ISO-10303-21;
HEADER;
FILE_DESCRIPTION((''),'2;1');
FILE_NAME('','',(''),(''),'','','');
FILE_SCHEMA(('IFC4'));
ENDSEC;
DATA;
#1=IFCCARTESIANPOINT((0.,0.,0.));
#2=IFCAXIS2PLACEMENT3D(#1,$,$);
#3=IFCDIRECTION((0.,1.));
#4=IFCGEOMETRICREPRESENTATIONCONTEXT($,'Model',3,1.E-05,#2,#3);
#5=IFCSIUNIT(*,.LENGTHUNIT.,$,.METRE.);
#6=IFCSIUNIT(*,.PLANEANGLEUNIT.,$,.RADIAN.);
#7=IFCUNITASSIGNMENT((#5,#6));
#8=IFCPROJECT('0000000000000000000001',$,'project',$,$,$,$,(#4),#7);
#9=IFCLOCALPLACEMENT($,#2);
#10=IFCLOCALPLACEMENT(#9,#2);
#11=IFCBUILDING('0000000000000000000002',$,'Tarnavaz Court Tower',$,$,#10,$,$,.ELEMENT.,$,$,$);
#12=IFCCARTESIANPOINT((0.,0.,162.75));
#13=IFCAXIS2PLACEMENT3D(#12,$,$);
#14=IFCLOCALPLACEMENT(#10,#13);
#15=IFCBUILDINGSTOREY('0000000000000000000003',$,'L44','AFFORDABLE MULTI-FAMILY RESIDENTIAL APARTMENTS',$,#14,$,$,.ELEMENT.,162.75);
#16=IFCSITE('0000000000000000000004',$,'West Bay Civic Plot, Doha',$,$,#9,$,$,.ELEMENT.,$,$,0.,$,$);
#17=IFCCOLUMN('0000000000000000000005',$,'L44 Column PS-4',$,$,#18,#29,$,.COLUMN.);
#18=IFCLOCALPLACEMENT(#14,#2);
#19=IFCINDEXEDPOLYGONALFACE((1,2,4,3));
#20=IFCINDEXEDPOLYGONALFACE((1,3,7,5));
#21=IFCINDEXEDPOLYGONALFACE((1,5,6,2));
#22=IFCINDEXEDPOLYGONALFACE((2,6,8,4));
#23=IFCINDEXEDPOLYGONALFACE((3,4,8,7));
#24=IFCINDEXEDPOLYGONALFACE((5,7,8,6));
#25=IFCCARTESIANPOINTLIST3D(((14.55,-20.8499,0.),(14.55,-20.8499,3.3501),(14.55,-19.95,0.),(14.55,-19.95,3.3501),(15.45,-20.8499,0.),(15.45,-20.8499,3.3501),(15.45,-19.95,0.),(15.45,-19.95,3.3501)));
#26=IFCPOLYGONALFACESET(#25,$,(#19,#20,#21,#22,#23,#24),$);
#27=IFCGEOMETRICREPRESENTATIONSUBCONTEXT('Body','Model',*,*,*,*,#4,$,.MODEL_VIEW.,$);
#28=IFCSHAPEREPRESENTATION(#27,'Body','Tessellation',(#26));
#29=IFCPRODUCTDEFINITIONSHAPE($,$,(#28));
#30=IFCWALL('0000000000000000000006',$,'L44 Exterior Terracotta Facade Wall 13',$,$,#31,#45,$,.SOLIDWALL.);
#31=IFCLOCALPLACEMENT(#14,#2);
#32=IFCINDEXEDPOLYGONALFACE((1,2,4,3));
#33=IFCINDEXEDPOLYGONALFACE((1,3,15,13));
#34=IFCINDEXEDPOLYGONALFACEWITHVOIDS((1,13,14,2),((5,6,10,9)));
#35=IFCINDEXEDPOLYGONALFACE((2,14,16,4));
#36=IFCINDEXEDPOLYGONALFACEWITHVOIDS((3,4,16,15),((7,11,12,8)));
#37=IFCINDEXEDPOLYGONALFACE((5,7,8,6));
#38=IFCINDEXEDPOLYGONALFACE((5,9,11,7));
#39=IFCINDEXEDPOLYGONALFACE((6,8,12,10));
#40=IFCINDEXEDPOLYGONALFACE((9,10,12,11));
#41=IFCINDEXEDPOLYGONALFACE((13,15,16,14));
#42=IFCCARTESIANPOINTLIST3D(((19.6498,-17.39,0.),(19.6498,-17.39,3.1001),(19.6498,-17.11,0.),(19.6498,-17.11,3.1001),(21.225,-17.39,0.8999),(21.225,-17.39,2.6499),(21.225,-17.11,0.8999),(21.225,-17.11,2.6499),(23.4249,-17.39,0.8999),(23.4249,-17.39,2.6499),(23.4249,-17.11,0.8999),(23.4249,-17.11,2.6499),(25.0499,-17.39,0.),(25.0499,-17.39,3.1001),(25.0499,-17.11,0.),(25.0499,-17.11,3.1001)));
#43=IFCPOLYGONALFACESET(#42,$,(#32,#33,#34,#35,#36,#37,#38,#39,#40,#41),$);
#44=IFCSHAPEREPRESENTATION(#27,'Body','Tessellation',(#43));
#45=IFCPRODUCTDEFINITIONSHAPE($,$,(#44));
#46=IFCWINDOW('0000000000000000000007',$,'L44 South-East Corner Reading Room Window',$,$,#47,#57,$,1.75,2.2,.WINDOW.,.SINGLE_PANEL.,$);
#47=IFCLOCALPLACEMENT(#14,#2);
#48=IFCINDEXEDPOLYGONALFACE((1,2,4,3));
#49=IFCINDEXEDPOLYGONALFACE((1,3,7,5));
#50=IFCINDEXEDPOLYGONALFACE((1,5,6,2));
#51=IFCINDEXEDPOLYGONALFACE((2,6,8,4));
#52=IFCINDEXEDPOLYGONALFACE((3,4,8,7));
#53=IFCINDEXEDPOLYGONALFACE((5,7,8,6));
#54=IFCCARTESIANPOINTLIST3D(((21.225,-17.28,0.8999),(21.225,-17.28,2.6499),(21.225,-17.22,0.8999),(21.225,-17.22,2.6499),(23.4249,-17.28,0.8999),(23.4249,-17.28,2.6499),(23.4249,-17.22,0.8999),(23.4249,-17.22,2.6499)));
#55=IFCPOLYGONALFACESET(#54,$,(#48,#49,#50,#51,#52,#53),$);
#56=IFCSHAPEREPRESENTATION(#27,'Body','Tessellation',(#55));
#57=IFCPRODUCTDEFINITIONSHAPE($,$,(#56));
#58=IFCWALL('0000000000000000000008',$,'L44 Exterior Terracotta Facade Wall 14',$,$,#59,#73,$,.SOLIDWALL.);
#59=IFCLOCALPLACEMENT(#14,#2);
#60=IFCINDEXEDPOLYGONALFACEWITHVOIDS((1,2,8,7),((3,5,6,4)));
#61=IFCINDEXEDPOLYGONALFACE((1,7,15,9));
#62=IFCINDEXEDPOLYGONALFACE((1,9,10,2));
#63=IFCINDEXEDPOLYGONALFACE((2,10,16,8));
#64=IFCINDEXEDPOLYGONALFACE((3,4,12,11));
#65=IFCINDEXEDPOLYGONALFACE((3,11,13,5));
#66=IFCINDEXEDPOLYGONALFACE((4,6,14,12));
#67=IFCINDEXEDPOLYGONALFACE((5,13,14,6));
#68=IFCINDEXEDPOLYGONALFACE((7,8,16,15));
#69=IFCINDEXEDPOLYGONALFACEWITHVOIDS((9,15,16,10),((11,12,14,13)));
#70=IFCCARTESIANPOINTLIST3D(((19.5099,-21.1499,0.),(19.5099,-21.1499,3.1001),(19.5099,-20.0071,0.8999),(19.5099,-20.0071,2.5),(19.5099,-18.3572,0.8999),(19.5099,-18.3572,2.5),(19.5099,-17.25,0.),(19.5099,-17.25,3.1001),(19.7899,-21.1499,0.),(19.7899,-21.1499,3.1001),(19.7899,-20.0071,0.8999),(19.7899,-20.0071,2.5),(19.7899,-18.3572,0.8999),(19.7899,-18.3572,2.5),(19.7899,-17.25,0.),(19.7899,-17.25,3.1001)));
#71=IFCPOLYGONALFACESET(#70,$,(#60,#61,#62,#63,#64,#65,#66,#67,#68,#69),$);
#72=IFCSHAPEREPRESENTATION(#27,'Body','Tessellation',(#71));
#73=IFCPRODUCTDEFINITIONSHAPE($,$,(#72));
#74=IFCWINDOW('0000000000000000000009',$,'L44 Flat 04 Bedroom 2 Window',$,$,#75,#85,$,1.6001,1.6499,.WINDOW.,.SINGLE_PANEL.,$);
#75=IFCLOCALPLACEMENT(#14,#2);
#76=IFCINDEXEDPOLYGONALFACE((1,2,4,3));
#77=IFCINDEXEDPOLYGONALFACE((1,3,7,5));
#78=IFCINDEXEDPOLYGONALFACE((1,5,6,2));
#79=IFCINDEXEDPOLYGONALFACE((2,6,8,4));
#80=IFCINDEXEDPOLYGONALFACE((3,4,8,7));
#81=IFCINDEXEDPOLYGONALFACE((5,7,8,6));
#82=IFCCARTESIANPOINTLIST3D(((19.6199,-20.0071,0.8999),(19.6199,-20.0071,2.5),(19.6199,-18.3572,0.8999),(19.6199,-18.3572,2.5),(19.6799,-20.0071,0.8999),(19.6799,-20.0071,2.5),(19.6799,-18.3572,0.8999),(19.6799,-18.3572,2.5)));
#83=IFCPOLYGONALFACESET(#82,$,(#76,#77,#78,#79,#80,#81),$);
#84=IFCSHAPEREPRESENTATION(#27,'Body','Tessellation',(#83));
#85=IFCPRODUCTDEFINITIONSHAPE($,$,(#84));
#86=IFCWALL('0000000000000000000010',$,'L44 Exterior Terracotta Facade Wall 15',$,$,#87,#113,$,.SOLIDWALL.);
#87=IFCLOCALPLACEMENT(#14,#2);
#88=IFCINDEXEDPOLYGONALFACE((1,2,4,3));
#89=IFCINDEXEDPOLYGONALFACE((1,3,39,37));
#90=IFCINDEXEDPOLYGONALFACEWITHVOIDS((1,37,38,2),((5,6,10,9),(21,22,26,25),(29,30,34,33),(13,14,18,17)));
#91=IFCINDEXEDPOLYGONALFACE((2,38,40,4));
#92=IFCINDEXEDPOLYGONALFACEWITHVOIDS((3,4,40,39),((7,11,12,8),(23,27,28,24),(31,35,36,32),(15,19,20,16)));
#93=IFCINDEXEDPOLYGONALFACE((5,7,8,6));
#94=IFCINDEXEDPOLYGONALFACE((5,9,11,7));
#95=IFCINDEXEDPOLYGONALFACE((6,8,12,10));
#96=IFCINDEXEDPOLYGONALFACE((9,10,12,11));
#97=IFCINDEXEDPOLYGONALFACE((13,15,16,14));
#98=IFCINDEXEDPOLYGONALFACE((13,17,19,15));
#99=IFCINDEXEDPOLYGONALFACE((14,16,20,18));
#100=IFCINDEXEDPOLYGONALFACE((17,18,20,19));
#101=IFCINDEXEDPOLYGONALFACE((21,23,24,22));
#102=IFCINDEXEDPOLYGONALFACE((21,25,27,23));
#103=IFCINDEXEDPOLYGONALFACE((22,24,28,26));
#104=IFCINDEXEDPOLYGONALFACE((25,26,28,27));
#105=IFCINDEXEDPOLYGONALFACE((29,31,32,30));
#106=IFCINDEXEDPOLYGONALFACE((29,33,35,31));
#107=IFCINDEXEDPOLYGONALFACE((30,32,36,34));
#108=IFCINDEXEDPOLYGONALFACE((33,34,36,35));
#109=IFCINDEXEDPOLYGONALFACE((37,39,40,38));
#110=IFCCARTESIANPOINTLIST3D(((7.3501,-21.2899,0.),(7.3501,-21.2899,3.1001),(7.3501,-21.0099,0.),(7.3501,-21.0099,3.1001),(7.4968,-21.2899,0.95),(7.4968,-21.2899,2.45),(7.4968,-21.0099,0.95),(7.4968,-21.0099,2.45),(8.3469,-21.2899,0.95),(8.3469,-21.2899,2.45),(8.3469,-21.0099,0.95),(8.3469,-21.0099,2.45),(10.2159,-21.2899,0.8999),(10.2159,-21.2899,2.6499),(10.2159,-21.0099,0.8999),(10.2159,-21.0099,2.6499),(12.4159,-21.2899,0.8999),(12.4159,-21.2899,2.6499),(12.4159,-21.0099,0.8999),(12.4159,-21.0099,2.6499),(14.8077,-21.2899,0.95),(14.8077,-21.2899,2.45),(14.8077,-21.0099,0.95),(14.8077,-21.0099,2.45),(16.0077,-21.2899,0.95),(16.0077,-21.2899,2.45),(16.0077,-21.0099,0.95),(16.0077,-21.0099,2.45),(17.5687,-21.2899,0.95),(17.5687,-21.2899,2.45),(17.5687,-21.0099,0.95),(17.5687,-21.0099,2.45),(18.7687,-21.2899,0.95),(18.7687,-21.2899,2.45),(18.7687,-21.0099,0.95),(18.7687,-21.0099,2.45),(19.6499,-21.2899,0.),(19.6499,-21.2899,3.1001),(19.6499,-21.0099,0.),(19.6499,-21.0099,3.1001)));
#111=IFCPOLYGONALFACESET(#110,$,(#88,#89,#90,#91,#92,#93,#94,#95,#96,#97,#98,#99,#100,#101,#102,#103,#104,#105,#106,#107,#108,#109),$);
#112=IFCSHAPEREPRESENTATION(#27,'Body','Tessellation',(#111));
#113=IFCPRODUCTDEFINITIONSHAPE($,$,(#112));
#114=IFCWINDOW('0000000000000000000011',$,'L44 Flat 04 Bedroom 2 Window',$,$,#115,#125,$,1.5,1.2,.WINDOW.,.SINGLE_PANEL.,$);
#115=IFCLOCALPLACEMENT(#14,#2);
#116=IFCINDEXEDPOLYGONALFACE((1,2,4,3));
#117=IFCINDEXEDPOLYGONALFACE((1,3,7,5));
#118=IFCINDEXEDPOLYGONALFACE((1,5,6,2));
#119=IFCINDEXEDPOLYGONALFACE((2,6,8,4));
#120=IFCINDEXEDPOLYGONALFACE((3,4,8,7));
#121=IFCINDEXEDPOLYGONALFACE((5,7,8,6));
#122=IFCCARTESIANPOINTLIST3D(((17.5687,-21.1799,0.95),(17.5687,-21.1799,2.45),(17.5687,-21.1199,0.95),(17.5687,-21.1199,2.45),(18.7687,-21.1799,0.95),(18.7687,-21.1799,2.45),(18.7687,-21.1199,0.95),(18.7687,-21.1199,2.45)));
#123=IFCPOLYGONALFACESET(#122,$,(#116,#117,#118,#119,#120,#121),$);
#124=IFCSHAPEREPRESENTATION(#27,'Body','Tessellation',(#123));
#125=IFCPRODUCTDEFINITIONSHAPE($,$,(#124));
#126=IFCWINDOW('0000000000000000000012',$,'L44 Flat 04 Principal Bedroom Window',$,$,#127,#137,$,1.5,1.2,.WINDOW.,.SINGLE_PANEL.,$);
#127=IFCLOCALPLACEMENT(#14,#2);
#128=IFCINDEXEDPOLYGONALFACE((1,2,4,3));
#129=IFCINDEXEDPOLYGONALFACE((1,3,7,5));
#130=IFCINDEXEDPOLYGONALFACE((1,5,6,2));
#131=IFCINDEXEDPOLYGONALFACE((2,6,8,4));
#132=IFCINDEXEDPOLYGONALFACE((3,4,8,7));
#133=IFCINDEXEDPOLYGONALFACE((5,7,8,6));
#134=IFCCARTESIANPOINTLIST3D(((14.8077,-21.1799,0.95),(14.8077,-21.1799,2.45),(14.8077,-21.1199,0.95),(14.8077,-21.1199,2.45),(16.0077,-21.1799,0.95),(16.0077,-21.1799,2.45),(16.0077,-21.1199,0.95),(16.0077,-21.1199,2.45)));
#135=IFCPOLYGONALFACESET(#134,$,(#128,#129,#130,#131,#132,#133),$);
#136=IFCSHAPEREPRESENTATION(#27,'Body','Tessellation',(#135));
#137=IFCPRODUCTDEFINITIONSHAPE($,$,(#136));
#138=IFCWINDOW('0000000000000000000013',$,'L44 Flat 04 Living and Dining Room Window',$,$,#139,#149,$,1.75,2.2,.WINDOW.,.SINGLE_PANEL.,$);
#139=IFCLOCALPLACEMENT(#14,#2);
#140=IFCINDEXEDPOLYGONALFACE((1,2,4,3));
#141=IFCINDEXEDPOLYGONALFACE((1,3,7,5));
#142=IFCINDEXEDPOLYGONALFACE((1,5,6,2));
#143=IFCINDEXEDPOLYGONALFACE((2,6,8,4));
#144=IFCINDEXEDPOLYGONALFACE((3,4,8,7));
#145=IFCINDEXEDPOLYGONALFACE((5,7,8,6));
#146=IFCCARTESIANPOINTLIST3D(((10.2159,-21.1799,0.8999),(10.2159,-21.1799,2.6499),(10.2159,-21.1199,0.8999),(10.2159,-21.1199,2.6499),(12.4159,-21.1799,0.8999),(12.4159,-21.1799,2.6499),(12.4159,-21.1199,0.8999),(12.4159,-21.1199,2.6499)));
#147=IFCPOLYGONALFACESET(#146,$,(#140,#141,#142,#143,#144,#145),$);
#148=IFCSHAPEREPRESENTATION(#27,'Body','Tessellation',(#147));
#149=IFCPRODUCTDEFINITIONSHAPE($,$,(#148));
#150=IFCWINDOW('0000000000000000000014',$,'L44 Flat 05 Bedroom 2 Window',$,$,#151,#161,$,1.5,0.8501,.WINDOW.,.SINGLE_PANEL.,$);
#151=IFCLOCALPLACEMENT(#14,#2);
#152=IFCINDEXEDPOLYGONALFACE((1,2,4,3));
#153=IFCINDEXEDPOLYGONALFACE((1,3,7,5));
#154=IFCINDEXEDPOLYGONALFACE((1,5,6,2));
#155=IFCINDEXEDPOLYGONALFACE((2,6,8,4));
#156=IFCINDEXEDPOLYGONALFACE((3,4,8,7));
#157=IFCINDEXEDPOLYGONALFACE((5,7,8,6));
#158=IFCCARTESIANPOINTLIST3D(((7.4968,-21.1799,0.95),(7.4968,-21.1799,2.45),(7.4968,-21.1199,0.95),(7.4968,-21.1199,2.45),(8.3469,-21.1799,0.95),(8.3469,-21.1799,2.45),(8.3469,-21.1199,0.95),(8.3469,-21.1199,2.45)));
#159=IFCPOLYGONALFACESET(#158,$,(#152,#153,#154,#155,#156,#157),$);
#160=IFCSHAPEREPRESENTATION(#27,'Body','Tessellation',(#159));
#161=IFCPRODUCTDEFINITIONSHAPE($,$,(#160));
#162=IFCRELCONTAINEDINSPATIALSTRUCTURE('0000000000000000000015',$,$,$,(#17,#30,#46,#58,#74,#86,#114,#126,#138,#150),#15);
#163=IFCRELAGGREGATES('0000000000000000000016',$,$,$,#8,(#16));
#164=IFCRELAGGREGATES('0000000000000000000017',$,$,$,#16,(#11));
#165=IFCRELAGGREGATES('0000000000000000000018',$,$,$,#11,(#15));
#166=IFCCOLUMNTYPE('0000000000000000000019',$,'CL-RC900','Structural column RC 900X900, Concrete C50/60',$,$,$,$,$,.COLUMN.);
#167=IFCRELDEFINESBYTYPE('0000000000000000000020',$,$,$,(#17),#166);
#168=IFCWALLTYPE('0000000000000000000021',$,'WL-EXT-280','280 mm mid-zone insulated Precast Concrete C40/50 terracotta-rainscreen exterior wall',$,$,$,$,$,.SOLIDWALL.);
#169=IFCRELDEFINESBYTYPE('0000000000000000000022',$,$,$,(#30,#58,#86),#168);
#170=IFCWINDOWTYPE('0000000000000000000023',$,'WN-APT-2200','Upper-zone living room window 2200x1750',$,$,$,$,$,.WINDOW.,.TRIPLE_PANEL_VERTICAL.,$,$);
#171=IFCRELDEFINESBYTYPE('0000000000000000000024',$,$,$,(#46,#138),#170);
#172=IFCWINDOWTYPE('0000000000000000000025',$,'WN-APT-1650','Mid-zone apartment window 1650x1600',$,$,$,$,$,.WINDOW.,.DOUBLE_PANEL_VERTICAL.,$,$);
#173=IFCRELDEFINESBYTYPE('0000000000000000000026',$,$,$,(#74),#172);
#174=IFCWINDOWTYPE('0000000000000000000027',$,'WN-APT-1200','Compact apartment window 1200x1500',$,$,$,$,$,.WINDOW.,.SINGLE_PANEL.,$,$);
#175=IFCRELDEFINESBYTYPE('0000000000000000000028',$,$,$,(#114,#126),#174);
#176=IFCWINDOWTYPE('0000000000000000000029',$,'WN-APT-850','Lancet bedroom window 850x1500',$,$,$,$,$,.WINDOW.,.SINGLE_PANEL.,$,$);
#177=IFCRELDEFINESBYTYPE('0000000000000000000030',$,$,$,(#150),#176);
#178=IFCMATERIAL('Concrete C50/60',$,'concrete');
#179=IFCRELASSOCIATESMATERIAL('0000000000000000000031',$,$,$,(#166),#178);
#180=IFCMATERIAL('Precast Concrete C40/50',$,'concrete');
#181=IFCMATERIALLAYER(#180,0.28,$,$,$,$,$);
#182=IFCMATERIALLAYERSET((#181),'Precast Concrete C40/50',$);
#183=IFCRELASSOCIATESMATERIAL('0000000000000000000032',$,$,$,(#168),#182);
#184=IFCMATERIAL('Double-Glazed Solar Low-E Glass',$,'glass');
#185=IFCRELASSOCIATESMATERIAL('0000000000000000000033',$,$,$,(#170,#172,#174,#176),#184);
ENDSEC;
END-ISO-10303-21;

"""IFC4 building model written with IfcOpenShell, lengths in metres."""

from ifc_helpers import new_model, si_unit, direction, frame, frame_2d, origin, origin_2d, place, context, subcontext, project, spatial, rectangle, extrude, material, layer, layer_set, material_profile, profile_set, type_object, element, fill, save


model = new_model("IFC4")

# Units and contexts
model_context = context("Model", 3, precision=1e-05, world=origin(), true_north=direction((0.0, 1.0)))
body_context = subcontext(model_context, "Body", "Model", "MODEL_VIEW")
ifc_project = project(units=[si_unit("LENGTHUNIT", "METRE"), si_unit("PLANEANGLEUNIT", "RADIAN")], contexts=[model_context])

# Site, building, storey
site_placement = place(None, origin())
site = spatial("IfcSite", under=ifc_project, at=site_placement, Name="West Bay Civic Plot, Doha", CompositionType="ELEMENT", RefElevation=0.0)
building_placement = place(site_placement, origin())
building = spatial("IfcBuilding", under=site, at=building_placement, Name="Tarnavaz Court Tower", CompositionType="ELEMENT")
storey_placement = place(building_placement, frame((0.0, 0.0, 162.75)))
storey = spatial("IfcBuildingStorey", under=building, at=storey_placement, Name="L44", Description="AFFORDABLE MULTI-FAMILY RESIDENTIAL APARTMENTS", CompositionType="ELEMENT", Elevation=162.75)

# Column
ifc_material_1 = material(Name="Concrete C50/60", Category="concrete")
ifc_material_profile_1 = material_profile(ifc_material_1, rectangle(XDim=0.8999, YDim=0.8999, at=origin_2d()), Name="RC 900X900")
ifc_profile_set_1 = profile_set([ifc_material_profile_1], Name="Concrete C50/60")
column_type = type_object("IfcColumnType", Name="CL-RC900", Description="Structural column RC 900X900, Concrete C50/60", PredefinedType="COLUMN", material=ifc_profile_set_1)
column_placement = place(storey_placement, frame((15.0, -20.3999, 0.0), z_axis=(0.0, 0.0, 1.0), x_axis=(1.0, 0.0, 0.0)))
element("IfcColumn", 1, at=column_placement, inside=storey, type_object=column_type, Name="L44 Column PS-4", PredefinedType="COLUMN", context=body_context, shape_type="SweptSolid", body=[
    extrude(rectangle(XDim=0.8999, YDim=0.8999, at=origin_2d()), origin(), (0.0, 0.0, 1.0), 3.3501),
])

# Walls, openings, windows
ifc_material_2 = material(Name="Precast Concrete C40/50", Category="concrete")
ifc_layer_1 = layer(ifc_material_2, 0.28)
ifc_layer_set_1 = layer_set([ifc_layer_1], Name="Precast Concrete C40/50")
wall_type_1 = type_object("IfcWallType", Name="WL-EXT-280", Description="280 mm mid-zone insulated Precast Concrete C40/50 terracotta-rainscreen exterior wall", PredefinedType="SOLIDWALL", material=ifc_layer_set_1)
wall_1_placement = place(storey_placement, frame((25.05, -17.25, 0.0), z_axis=(0.0, 0.0, 1.0), x_axis=(-1.0, 0.0, 0.0)))
wall_1 = element("IfcWall", 2, at=wall_1_placement, inside=storey, type_object=wall_type_1, Name="L44 Exterior Terracotta Facade Wall 13", PredefinedType="SOLIDWALL", context=body_context, shape_type="SweptSolid", body=[
    extrude(rectangle(XDim=5.4001, YDim=0.28, at=frame_2d((2.7002, 0.0))), origin(), (0.0, 0.0, 1.0), 3.1001),
])
opening_1_placement = place(wall_1_placement, frame((1.625, 0.0, 0.8999)))
opening_1 = element("IfcOpeningElement", 3, at=opening_1_placement, cuts=wall_1, PredefinedType="OPENING", context=body_context, shape_type="SweptSolid", body=[
    extrude(rectangle(XDim=2.2, YDim=1.75, at=frame_2d((1.1001, 0.875))), frame((0.0, 0.1499, 0.0), z_axis=(0.0, -1.0, 0.0), x_axis=(1.0, 0.0, 0.0)), (0.0, 0.0, 1.0), 0.3),
])
ifc_material_3 = material(Name="Double-Glazed Solar Low-E Glass", Category="glass")
window_type_1 = type_object("IfcWindowType", Name="WN-APT-2200", Description="Upper-zone living room window 2200x1750", PartitioningType="TRIPLE_PANEL_VERTICAL", PredefinedType="WINDOW", material=ifc_material_3)
window_1_placement = place(opening_1_placement, origin())
window_1 = element("IfcWindow", 4, at=window_1_placement, inside=storey, type_object=window_type_1, Name="L44 South-East Corner Reading Room Window", OverallHeight=1.75, OverallWidth=2.2, PartitioningType="SINGLE_PANEL", PredefinedType="WINDOW", context=body_context, shape_type="SweptSolid", body=[
    extrude(rectangle(XDim=2.2, YDim=1.75, at=frame_2d((1.1001, 0.875))), frame((0.0, 0.03, 0.0), z_axis=(0.0, -1.0, 0.0), x_axis=(1.0, 0.0, 0.0)), (0.0, 0.0, 1.0), 0.0601),
])
fill(opening_1, window_1)
wall_2_placement = place(storey_placement, frame((19.6499, -17.25, 0.0), z_axis=(0.0, 0.0, 1.0), x_axis=(0.0, -1.0, 0.0)))
wall_2 = element("IfcWall", 5, at=wall_2_placement, inside=storey, type_object=wall_type_1, Name="L44 Exterior Terracotta Facade Wall 14", PredefinedType="SOLIDWALL", context=body_context, shape_type="SweptSolid", body=[
    extrude(rectangle(XDim=3.8999, YDim=0.28, at=frame_2d((1.95, 0.0))), origin(), (0.0, 0.0, 1.0), 3.1001),
])
opening_2_placement = place(wall_2_placement, frame((1.1072, 0.0, 0.8999)))
opening_2 = element("IfcOpeningElement", 6, at=opening_2_placement, cuts=wall_2, PredefinedType="OPENING", context=body_context, shape_type="SweptSolid", body=[
    extrude(rectangle(XDim=1.6499, YDim=1.6001, at=frame_2d((0.825, 0.8))), frame((0.0, 0.1499, 0.0), z_axis=(0.0, -1.0, 0.0), x_axis=(1.0, 0.0, 0.0)), (0.0, 0.0, 1.0), 0.3),
])
window_type_2 = type_object("IfcWindowType", Name="WN-APT-1650", Description="Mid-zone apartment window 1650x1600", PartitioningType="DOUBLE_PANEL_VERTICAL", PredefinedType="WINDOW", material=ifc_material_3)
window_2_placement = place(opening_2_placement, origin())
window_2 = element("IfcWindow", 7, at=window_2_placement, inside=storey, type_object=window_type_2, Name="L44 Flat 04 Bedroom 2 Window", OverallHeight=1.6001, OverallWidth=1.6499, PartitioningType="SINGLE_PANEL", PredefinedType="WINDOW", context=body_context, shape_type="SweptSolid", body=[
    extrude(rectangle(XDim=1.6499, YDim=1.6001, at=frame_2d((0.825, 0.8))), frame((0.0, 0.03, 0.0), z_axis=(0.0, -1.0, 0.0), x_axis=(1.0, 0.0, 0.0)), (0.0, 0.0, 1.0), 0.0601),
])
fill(opening_2, window_2)

# Wall, openings, windows
wall_3_placement = place(storey_placement, frame((19.6499, -21.1499, 0.0), z_axis=(0.0, 0.0, 1.0), x_axis=(-1.0, 0.0, 0.0)))
wall_3 = element("IfcWall", 8, at=wall_3_placement, inside=storey, type_object=wall_type_1, Name="L44 Exterior Terracotta Facade Wall 15", PredefinedType="SOLIDWALL", context=body_context, shape_type="SweptSolid", body=[
    extrude(rectangle(XDim=12.2998, YDim=0.28, at=frame_2d((6.1499, 0.0))), origin(), (0.0, 0.0, 1.0), 3.1001),
])
opening_3_placement = place(wall_3_placement, frame((0.8811, 0.0, 0.95)))
opening_3 = element("IfcOpeningElement", 9, at=opening_3_placement, cuts=wall_3, PredefinedType="OPENING", context=body_context, shape_type="SweptSolid", body=[
    extrude(rectangle(XDim=1.2, YDim=1.5, at=frame_2d((0.6001, 0.75))), frame((0.0, 0.1499, 0.0), z_axis=(0.0, -1.0, 0.0), x_axis=(1.0, 0.0, 0.0)), (0.0, 0.0, 1.0), 0.3),
])
opening_4_placement = place(wall_3_placement, frame((3.6421, 0.0, 0.95)))
opening_4 = element("IfcOpeningElement", 10, at=opening_4_placement, cuts=wall_3, PredefinedType="OPENING", context=body_context, shape_type="SweptSolid", body=[
    extrude(rectangle(XDim=1.2, YDim=1.5, at=frame_2d((0.6001, 0.75))), frame((0.0, 0.1499, 0.0), z_axis=(0.0, -1.0, 0.0), x_axis=(1.0, 0.0, 0.0)), (0.0, 0.0, 1.0), 0.3),
])
opening_5_placement = place(wall_3_placement, frame((7.2339, 0.0, 0.8999)))
opening_5 = element("IfcOpeningElement", 11, at=opening_5_placement, cuts=wall_3, PredefinedType="OPENING", context=body_context, shape_type="SweptSolid", body=[
    extrude(rectangle(XDim=2.2, YDim=1.75, at=frame_2d((1.1001, 0.875))), frame((0.0, 0.1499, 0.0), z_axis=(0.0, -1.0, 0.0), x_axis=(1.0, 0.0, 0.0)), (0.0, 0.0, 1.0), 0.3),
])
opening_6_placement = place(wall_3_placement, frame((11.303, 0.0, 0.95)))
opening_6 = element("IfcOpeningElement", 12, at=opening_6_placement, cuts=wall_3, PredefinedType="OPENING", context=body_context, shape_type="SweptSolid", body=[
    extrude(rectangle(XDim=0.8501, YDim=1.5, at=frame_2d((0.425, 0.75))), frame((0.0, 0.1499, 0.0), z_axis=(0.0, -1.0, 0.0), x_axis=(1.0, 0.0, 0.0)), (0.0, 0.0, 1.0), 0.3),
])
window_type_3 = type_object("IfcWindowType", Name="WN-APT-1200", Description="Compact apartment window 1200x1500", PartitioningType="SINGLE_PANEL", PredefinedType="WINDOW", material=ifc_material_3)
window_3_placement = place(opening_3_placement, origin())
window_3 = element("IfcWindow", 13, at=window_3_placement, inside=storey, type_object=window_type_3, Name="L44 Flat 04 Bedroom 2 Window", OverallHeight=1.5, OverallWidth=1.2, PartitioningType="SINGLE_PANEL", PredefinedType="WINDOW", context=body_context, shape_type="SweptSolid", body=[
    extrude(rectangle(XDim=1.2, YDim=1.5, at=frame_2d((0.6001, 0.75))), frame((0.0, 0.03, 0.0), z_axis=(0.0, -1.0, 0.0), x_axis=(1.0, 0.0, 0.0)), (0.0, 0.0, 1.0), 0.0601),
])
fill(opening_3, window_3)
window_4_placement = place(opening_4_placement, origin())
window_4 = element("IfcWindow", 14, at=window_4_placement, inside=storey, type_object=window_type_3, Name="L44 Flat 04 Principal Bedroom Window", OverallHeight=1.5, OverallWidth=1.2, PartitioningType="SINGLE_PANEL", PredefinedType="WINDOW", context=body_context, shape_type="SweptSolid", body=[
    extrude(rectangle(XDim=1.2, YDim=1.5, at=frame_2d((0.6001, 0.75))), frame((0.0, 0.03, 0.0), z_axis=(0.0, -1.0, 0.0), x_axis=(1.0, 0.0, 0.0)), (0.0, 0.0, 1.0), 0.0601),
])
fill(opening_4, window_4)
window_5_placement = place(opening_5_placement, origin())
window_5 = element("IfcWindow", 15, at=window_5_placement, inside=storey, type_object=window_type_1, Name="L44 Flat 04 Living and Dining Room Window", OverallHeight=1.75, OverallWidth=2.2, PartitioningType="SINGLE_PANEL", PredefinedType="WINDOW", context=body_context, shape_type="SweptSolid", body=[
    extrude(rectangle(XDim=2.2, YDim=1.75, at=frame_2d((1.1001, 0.875))), frame((0.0, 0.03, 0.0), z_axis=(0.0, -1.0, 0.0), x_axis=(1.0, 0.0, 0.0)), (0.0, 0.0, 1.0), 0.0601),
])
fill(opening_5, window_5)
window_type_4 = type_object("IfcWindowType", Name="WN-APT-850", Description="Lancet bedroom window 850x1500", PartitioningType="SINGLE_PANEL", PredefinedType="WINDOW", material=ifc_material_3)
window_6_placement = place(opening_6_placement, origin())
window_6 = element("IfcWindow", 16, at=window_6_placement, inside=storey, type_object=window_type_4, Name="L44 Flat 05 Bedroom 2 Window", OverallHeight=1.5, OverallWidth=0.8501, PartitioningType="SINGLE_PANEL", PredefinedType="WINDOW", context=body_context, shape_type="SweptSolid", body=[
    extrude(rectangle(XDim=0.8501, YDim=1.5, at=frame_2d((0.425, 0.75))), frame((0.0, 0.03, 0.0), z_axis=(0.0, -1.0, 0.0), x_axis=(1.0, 0.0, 0.0)), (0.0, 0.0, 1.0), 0.0601),
])
fill(opening_6, window_6)

save(model, "model.ifc")
